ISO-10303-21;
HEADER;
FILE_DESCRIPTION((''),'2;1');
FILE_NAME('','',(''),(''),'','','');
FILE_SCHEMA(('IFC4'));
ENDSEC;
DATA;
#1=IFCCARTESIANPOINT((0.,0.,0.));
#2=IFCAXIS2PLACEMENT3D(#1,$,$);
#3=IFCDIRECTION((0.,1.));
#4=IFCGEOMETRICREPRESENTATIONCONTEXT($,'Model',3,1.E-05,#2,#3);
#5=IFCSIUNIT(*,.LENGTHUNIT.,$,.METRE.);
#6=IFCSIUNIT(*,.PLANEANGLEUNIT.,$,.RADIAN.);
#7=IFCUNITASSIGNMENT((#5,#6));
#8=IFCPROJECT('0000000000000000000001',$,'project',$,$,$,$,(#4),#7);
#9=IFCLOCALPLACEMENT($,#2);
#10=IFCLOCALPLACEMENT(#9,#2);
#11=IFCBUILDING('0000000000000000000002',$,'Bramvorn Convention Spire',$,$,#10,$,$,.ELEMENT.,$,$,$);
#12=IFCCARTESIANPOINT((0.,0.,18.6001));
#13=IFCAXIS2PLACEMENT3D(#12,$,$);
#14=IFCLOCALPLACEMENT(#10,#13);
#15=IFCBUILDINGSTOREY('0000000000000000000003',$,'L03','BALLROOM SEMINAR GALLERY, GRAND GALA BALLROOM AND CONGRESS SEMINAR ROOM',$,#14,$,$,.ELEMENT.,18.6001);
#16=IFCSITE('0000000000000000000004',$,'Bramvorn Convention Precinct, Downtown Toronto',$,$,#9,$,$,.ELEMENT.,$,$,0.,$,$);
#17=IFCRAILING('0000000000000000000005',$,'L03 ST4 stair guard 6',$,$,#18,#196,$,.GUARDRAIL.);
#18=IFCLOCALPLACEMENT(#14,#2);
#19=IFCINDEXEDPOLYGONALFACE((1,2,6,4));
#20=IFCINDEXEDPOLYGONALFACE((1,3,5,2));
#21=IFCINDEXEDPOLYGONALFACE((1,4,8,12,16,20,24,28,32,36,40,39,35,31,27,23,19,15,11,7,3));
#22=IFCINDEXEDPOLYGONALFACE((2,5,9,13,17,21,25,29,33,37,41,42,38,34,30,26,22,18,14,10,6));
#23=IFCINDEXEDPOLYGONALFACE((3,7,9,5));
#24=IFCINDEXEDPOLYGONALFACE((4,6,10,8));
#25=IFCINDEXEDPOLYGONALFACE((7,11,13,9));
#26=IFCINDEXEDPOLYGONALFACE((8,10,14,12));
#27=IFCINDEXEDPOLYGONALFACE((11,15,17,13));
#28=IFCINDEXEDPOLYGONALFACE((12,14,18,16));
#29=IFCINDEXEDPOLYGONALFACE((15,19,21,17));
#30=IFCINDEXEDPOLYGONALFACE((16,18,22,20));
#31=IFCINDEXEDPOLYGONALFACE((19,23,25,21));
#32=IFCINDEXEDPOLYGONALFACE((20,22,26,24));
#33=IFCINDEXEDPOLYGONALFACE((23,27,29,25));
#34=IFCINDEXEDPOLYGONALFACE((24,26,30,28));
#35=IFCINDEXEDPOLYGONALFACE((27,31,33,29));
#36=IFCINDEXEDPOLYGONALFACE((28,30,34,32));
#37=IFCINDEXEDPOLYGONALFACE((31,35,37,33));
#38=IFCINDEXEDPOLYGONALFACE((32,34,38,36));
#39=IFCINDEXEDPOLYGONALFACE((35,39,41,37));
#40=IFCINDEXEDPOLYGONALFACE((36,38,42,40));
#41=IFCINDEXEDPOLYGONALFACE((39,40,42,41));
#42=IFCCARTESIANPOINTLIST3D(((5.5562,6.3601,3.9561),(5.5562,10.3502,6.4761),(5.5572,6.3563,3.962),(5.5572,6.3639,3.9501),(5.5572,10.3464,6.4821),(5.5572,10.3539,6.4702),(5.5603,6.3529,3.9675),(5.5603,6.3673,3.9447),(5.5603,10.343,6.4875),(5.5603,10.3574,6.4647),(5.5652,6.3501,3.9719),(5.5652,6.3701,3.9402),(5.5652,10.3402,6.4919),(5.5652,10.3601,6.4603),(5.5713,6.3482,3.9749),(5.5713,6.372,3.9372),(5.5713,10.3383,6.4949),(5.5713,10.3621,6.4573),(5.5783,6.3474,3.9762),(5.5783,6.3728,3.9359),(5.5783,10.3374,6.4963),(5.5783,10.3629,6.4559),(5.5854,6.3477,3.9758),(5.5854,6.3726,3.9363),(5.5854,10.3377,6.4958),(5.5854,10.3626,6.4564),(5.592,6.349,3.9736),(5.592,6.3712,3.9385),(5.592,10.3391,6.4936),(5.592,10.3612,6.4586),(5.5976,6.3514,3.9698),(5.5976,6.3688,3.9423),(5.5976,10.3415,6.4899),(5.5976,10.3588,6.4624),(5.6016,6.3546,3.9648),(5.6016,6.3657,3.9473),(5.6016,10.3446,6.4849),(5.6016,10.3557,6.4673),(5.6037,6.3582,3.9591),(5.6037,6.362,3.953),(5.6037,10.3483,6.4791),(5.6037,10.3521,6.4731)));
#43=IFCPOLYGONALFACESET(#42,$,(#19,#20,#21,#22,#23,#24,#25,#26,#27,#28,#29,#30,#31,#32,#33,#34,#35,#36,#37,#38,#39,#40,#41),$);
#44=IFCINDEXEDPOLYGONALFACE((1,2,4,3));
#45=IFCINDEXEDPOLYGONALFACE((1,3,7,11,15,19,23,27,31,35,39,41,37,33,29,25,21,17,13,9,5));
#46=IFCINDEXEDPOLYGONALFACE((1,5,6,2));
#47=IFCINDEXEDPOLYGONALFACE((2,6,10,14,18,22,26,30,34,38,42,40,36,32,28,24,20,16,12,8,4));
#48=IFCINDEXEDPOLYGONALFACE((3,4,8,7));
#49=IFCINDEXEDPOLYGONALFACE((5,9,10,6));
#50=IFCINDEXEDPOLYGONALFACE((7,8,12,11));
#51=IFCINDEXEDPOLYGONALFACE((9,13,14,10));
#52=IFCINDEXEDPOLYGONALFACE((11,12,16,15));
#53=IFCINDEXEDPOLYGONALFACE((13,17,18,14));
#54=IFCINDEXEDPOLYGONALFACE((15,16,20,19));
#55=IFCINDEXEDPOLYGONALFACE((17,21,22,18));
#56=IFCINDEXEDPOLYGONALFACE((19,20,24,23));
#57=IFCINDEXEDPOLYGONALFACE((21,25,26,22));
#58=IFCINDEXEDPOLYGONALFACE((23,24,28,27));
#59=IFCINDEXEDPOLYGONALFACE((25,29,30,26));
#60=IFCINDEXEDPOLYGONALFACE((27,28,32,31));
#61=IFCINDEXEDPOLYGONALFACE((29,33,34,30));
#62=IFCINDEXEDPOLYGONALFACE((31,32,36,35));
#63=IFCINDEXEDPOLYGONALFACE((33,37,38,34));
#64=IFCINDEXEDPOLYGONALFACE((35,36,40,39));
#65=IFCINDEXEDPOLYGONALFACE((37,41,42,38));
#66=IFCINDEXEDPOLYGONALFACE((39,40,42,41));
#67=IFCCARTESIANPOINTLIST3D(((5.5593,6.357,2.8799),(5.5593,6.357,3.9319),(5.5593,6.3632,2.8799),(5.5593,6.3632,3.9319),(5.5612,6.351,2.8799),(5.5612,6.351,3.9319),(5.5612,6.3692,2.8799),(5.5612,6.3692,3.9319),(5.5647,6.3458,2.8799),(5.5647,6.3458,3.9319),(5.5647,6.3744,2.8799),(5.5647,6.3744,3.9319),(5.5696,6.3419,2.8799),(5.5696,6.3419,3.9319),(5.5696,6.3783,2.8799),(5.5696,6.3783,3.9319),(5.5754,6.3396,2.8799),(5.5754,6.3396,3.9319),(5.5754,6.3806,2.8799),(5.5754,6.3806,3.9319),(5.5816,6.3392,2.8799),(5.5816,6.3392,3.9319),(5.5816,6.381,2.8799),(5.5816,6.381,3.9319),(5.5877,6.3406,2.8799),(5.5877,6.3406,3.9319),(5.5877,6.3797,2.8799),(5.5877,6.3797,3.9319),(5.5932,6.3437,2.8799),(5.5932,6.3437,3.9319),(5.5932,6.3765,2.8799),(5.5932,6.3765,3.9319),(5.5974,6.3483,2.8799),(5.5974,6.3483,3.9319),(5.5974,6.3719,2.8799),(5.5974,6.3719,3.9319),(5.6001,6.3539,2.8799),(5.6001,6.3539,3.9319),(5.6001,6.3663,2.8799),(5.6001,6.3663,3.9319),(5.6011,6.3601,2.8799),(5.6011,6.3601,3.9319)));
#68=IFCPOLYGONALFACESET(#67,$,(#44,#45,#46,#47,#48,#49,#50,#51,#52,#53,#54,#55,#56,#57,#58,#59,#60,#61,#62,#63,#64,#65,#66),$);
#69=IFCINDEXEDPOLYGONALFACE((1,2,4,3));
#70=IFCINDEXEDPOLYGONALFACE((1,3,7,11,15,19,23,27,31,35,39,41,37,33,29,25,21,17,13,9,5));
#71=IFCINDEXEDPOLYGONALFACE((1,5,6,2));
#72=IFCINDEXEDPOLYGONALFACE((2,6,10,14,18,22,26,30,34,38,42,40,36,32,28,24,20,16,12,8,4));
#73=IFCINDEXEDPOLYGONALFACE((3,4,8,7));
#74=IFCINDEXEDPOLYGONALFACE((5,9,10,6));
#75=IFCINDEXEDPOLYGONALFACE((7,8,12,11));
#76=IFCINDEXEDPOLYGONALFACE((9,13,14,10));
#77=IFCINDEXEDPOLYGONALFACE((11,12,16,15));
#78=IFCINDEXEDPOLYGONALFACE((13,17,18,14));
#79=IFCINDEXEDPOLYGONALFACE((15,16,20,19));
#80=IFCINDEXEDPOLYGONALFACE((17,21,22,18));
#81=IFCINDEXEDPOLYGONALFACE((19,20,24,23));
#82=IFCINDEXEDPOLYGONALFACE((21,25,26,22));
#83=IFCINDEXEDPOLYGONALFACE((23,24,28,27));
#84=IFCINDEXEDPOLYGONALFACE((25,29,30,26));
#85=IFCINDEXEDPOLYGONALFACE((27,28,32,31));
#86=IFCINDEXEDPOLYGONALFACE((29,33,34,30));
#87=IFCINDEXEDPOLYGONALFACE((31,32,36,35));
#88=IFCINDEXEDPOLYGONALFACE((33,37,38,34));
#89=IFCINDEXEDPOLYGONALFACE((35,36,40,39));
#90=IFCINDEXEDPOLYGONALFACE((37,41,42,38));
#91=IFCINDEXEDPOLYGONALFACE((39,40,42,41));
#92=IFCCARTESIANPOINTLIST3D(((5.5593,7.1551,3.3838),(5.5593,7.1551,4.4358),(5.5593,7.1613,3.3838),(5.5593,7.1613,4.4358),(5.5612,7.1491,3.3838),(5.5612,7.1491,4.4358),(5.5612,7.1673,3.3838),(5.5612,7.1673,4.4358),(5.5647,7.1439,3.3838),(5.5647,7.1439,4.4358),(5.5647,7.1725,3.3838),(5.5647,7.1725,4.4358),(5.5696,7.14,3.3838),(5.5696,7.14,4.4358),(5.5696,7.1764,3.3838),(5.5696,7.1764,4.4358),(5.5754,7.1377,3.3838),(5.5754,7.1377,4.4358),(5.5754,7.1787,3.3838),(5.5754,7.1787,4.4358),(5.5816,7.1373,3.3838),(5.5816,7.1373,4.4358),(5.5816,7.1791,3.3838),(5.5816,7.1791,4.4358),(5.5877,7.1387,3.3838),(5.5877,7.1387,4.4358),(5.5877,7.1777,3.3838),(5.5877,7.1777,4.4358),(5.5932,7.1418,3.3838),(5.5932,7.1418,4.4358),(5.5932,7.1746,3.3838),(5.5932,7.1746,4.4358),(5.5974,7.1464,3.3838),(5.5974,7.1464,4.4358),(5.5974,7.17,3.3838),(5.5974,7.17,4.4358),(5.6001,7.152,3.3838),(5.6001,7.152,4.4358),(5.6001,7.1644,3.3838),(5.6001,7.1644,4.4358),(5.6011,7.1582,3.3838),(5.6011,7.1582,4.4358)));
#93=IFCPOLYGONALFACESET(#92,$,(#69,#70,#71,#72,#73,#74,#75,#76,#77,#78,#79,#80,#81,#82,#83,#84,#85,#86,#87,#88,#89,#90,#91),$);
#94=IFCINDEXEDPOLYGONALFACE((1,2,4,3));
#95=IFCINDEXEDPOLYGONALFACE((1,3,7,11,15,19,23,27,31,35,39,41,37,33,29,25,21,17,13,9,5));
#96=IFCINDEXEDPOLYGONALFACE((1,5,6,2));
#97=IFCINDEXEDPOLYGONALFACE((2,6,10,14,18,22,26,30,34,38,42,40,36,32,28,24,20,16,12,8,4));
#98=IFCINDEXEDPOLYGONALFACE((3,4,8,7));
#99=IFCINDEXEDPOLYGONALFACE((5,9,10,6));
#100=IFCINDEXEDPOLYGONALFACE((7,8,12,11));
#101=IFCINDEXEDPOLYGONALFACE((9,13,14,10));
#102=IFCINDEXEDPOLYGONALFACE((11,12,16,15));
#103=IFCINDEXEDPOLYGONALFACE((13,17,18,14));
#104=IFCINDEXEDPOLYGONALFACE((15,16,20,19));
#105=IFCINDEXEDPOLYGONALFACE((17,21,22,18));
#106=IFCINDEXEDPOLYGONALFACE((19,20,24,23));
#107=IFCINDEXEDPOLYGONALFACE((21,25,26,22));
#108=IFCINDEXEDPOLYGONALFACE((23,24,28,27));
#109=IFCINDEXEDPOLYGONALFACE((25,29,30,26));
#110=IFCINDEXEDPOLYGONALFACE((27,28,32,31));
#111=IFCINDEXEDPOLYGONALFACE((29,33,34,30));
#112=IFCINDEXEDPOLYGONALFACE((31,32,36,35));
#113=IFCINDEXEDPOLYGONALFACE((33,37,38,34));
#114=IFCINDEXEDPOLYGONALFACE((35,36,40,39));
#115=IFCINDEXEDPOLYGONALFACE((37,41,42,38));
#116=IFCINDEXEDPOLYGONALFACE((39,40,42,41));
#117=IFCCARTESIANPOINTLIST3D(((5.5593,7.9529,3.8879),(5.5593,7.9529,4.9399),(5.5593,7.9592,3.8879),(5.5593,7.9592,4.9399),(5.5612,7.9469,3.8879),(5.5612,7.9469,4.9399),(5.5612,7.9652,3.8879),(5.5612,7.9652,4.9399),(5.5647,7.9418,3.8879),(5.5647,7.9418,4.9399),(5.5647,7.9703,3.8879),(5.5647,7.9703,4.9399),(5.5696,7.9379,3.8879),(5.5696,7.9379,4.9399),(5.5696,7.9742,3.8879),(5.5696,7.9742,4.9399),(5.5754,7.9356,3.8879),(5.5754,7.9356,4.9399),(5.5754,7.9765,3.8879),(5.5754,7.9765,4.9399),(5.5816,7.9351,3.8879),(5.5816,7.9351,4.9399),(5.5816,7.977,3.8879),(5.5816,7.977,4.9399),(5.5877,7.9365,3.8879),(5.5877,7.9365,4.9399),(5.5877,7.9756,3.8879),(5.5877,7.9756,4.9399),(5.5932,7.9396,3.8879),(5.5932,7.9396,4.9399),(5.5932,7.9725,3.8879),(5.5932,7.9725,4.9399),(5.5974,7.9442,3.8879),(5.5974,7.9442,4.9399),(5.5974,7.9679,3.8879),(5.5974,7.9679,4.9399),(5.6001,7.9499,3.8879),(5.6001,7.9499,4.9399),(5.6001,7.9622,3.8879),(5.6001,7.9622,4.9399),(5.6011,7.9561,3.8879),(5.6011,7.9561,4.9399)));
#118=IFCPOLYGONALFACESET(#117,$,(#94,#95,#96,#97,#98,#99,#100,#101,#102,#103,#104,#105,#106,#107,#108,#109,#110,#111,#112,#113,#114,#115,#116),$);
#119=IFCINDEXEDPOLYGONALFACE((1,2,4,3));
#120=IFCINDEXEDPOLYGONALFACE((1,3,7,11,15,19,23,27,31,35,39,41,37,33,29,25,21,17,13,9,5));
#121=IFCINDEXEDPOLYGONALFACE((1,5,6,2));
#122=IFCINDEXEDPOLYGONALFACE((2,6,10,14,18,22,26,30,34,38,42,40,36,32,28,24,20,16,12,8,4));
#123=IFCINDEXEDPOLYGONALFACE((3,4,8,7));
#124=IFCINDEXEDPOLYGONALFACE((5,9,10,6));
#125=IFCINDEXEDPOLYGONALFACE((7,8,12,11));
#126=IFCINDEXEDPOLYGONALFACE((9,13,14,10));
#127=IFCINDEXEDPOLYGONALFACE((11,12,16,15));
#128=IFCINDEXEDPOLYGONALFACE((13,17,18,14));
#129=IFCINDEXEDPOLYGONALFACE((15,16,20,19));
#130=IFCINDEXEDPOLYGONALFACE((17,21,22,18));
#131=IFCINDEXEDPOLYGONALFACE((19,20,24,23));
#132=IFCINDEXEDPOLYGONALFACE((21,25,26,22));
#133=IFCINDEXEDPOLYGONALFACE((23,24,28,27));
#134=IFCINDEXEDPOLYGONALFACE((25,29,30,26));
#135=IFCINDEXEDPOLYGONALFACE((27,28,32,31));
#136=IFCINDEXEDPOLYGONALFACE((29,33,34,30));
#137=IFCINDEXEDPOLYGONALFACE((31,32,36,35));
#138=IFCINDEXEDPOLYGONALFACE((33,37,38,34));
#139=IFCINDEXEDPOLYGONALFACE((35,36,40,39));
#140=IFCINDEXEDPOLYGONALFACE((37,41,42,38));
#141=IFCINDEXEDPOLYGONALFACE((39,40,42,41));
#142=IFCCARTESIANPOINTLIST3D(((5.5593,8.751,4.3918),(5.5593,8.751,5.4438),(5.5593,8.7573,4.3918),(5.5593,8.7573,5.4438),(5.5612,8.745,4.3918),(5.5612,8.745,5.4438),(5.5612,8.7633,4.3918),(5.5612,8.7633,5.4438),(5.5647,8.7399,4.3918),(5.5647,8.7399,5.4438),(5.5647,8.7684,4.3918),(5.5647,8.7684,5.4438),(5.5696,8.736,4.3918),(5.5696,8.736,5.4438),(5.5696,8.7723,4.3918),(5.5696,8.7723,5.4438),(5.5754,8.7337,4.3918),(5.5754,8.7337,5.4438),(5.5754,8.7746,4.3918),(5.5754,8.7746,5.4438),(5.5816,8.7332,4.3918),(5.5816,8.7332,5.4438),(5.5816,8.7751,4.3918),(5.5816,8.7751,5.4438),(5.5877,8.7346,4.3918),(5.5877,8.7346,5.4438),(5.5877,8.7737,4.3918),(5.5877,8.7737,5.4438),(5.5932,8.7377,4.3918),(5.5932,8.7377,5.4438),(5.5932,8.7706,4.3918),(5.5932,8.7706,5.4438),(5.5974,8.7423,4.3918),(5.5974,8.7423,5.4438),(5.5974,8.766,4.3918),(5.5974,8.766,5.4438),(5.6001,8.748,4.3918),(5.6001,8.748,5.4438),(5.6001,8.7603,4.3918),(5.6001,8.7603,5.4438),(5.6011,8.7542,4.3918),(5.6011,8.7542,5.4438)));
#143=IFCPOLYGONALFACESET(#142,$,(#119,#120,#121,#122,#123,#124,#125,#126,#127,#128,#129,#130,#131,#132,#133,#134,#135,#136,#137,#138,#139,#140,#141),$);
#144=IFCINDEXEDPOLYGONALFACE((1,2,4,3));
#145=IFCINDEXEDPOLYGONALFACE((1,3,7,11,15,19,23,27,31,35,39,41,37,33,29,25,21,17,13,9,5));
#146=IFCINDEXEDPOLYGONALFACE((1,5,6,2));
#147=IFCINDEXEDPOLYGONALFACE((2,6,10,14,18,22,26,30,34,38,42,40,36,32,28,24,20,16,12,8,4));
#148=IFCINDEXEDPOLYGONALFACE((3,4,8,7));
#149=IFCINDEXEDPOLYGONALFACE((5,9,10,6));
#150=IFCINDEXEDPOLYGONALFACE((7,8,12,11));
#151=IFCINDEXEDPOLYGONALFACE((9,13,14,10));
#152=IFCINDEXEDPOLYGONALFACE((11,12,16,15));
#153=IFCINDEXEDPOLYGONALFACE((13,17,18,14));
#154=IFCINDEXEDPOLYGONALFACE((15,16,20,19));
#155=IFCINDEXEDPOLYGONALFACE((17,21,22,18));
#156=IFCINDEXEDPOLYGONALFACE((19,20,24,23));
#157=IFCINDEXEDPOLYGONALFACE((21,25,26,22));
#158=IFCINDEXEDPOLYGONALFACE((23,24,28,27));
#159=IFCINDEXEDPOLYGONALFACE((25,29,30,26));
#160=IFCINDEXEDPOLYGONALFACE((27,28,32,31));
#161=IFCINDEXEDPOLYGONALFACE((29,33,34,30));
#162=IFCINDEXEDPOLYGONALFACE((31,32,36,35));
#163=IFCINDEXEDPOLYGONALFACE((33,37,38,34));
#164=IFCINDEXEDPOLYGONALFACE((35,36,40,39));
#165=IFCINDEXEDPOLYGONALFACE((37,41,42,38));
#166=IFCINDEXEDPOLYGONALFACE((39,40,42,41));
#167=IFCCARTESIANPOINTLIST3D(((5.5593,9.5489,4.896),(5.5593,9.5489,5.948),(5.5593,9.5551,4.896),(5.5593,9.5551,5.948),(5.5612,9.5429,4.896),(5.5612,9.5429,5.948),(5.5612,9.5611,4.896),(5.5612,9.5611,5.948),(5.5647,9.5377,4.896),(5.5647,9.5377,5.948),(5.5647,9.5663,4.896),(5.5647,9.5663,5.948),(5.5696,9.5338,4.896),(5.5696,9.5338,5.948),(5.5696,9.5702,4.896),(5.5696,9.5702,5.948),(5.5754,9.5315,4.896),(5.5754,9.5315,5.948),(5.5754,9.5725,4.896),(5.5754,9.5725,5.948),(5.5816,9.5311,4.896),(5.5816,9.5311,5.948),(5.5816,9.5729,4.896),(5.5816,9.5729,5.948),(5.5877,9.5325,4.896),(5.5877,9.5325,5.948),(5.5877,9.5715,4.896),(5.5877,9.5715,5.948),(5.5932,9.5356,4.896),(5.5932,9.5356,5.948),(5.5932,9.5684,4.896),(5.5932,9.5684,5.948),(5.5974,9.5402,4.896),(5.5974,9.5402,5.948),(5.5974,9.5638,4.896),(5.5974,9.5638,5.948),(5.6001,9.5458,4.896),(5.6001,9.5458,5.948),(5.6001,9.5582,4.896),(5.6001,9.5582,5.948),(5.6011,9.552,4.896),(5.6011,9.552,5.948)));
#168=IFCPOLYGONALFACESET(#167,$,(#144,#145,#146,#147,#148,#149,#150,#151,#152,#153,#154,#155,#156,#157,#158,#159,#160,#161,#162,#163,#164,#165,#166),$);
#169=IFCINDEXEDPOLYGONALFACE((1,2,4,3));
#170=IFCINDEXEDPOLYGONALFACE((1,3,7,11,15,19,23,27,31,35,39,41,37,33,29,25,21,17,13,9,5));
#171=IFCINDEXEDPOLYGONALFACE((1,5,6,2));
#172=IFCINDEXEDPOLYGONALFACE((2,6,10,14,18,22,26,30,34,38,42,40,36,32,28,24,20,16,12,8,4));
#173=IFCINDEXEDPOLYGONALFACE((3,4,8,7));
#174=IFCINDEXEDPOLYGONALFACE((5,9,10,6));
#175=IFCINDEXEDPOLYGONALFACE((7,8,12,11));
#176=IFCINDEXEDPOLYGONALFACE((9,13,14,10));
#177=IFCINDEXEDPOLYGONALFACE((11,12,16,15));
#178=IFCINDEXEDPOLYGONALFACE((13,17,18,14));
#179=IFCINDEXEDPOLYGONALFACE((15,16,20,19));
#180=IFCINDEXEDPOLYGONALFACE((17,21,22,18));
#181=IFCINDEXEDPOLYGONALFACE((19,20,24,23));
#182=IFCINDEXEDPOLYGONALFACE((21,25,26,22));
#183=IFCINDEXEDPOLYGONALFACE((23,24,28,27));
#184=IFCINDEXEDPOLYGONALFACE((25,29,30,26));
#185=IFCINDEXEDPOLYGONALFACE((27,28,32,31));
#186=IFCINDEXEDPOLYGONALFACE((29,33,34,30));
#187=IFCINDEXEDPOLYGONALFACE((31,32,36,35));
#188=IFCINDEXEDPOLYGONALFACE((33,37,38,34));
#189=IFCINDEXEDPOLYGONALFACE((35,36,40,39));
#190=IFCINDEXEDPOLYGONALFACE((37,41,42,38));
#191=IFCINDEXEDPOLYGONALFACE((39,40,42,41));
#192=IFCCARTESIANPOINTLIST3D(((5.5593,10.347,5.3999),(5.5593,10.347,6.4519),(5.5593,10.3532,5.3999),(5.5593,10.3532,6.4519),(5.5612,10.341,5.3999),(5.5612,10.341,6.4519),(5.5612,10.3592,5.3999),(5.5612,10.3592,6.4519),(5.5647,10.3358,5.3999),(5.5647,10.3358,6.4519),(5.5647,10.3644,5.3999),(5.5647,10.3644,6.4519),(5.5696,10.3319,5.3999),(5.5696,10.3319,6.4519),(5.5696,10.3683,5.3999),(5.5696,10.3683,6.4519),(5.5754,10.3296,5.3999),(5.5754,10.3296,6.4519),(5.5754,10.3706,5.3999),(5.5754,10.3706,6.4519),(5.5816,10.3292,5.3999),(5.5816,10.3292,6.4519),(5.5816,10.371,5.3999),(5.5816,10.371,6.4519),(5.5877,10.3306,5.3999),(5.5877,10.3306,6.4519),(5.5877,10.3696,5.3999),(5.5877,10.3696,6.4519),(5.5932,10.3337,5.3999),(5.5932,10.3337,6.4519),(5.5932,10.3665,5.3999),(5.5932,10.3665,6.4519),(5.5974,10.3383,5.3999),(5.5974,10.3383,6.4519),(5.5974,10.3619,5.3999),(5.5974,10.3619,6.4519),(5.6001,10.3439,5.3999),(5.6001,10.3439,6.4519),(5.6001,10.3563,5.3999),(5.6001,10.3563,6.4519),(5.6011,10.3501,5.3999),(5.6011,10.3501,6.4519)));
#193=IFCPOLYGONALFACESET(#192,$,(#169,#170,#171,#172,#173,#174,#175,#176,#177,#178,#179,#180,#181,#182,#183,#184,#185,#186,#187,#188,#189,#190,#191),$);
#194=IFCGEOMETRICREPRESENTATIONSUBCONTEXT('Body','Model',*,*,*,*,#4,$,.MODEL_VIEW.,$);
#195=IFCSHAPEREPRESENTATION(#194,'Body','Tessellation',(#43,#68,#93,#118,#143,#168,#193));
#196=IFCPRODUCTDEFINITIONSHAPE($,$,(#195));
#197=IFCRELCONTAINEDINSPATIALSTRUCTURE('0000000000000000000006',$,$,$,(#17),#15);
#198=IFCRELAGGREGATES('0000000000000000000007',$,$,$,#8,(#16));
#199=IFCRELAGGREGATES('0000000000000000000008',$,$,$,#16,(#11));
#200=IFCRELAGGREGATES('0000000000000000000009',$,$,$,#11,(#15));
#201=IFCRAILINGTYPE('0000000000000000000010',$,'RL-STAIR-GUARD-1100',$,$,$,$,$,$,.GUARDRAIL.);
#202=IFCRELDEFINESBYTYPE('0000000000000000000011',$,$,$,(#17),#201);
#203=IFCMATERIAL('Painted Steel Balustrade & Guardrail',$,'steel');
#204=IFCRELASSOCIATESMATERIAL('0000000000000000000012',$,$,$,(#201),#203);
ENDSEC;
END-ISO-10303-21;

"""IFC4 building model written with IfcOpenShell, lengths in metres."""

from ifc_helpers import new_model, si_unit, direction, frame, origin, origin_2d, place, context, subcontext, project, spatial, circle, extrude, material, type_object, element, save


model = new_model("IFC4")

# Units and contexts
model_context = context("Model", 3, precision=1e-05, world=origin(), true_north=direction((0.0, 1.0)))
body_context = subcontext(model_context, "Body", "Model", "MODEL_VIEW")
ifc_project = project(units=[si_unit("LENGTHUNIT", "METRE"), si_unit("PLANEANGLEUNIT", "RADIAN")], contexts=[model_context])

# Site, building, storey
site_placement = place(None, origin())
site = spatial("IfcSite", under=ifc_project, at=site_placement, Name="Bramvorn Convention Precinct, Downtown Toronto", CompositionType="ELEMENT", RefElevation=0.0)
building_placement = place(site_placement, origin())
building = spatial("IfcBuilding", under=site, at=building_placement, Name="Bramvorn Convention Spire", CompositionType="ELEMENT")
storey_placement = place(building_placement, frame((0.0, 0.0, 18.6001)))
storey = spatial("IfcBuildingStorey", under=building, at=storey_placement, Name="L03", Description="BALLROOM SEMINAR GALLERY, GRAND GALA BALLROOM AND CONGRESS SEMINAR ROOM", CompositionType="ELEMENT", Elevation=18.6001)

# Railing
ifc_material_1 = material(Name="Painted Steel Balustrade & Guardrail", Category="steel")
railing_type_1 = type_object("IfcRailingType", Name="RL-STAIR-GUARD-1100", PredefinedType="GUARDRAIL", material=ifc_material_1)
railing_1_placement = place(storey_placement, frame((5.5801, 6.3601, 2.8799)))
element("IfcRailing", 1, at=railing_1_placement, inside=storey, type_object=railing_type_1, Name="L03 ST4 stair guard 6", PredefinedType="GUARDRAIL", context=body_context, shape_type="SweptSolid", body=[
    extrude(circle(Radius=0.0239, at=origin_2d()), frame((0.0, 0.0, 1.0762), z_axis=(0.0, 0.845486, 0.533997), x_axis=(-1.0, 0.0, 0.0)), (0.0, 0.0, 1.0), 4.7192),
    extrude(circle(Radius=0.021, at=origin_2d()), origin(), (0.0, 0.0, 1.0), 1.052),
    extrude(circle(Radius=0.021, at=origin_2d()), frame((0.0, 0.7981, 0.5039)), (0.0, 0.0, 1.0), 1.052),
    extrude(circle(Radius=0.021, at=origin_2d()), frame((0.0, 1.5959, 1.0081)), (0.0, 0.0, 1.0), 1.052),
    extrude(circle(Radius=0.021, at=origin_2d()), frame((0.0, 2.394, 1.512)), (0.0, 0.0, 1.0), 1.052),
    extrude(circle(Radius=0.021, at=origin_2d()), frame((0.0, 3.1919, 2.0161)), (0.0, 0.0, 1.0), 1.052),
    extrude(circle(Radius=0.021, at=origin_2d()), frame((0.0, 3.99, 2.52)), (0.0, 0.0, 1.0), 1.052),
])

save(model, "model.ifc")
